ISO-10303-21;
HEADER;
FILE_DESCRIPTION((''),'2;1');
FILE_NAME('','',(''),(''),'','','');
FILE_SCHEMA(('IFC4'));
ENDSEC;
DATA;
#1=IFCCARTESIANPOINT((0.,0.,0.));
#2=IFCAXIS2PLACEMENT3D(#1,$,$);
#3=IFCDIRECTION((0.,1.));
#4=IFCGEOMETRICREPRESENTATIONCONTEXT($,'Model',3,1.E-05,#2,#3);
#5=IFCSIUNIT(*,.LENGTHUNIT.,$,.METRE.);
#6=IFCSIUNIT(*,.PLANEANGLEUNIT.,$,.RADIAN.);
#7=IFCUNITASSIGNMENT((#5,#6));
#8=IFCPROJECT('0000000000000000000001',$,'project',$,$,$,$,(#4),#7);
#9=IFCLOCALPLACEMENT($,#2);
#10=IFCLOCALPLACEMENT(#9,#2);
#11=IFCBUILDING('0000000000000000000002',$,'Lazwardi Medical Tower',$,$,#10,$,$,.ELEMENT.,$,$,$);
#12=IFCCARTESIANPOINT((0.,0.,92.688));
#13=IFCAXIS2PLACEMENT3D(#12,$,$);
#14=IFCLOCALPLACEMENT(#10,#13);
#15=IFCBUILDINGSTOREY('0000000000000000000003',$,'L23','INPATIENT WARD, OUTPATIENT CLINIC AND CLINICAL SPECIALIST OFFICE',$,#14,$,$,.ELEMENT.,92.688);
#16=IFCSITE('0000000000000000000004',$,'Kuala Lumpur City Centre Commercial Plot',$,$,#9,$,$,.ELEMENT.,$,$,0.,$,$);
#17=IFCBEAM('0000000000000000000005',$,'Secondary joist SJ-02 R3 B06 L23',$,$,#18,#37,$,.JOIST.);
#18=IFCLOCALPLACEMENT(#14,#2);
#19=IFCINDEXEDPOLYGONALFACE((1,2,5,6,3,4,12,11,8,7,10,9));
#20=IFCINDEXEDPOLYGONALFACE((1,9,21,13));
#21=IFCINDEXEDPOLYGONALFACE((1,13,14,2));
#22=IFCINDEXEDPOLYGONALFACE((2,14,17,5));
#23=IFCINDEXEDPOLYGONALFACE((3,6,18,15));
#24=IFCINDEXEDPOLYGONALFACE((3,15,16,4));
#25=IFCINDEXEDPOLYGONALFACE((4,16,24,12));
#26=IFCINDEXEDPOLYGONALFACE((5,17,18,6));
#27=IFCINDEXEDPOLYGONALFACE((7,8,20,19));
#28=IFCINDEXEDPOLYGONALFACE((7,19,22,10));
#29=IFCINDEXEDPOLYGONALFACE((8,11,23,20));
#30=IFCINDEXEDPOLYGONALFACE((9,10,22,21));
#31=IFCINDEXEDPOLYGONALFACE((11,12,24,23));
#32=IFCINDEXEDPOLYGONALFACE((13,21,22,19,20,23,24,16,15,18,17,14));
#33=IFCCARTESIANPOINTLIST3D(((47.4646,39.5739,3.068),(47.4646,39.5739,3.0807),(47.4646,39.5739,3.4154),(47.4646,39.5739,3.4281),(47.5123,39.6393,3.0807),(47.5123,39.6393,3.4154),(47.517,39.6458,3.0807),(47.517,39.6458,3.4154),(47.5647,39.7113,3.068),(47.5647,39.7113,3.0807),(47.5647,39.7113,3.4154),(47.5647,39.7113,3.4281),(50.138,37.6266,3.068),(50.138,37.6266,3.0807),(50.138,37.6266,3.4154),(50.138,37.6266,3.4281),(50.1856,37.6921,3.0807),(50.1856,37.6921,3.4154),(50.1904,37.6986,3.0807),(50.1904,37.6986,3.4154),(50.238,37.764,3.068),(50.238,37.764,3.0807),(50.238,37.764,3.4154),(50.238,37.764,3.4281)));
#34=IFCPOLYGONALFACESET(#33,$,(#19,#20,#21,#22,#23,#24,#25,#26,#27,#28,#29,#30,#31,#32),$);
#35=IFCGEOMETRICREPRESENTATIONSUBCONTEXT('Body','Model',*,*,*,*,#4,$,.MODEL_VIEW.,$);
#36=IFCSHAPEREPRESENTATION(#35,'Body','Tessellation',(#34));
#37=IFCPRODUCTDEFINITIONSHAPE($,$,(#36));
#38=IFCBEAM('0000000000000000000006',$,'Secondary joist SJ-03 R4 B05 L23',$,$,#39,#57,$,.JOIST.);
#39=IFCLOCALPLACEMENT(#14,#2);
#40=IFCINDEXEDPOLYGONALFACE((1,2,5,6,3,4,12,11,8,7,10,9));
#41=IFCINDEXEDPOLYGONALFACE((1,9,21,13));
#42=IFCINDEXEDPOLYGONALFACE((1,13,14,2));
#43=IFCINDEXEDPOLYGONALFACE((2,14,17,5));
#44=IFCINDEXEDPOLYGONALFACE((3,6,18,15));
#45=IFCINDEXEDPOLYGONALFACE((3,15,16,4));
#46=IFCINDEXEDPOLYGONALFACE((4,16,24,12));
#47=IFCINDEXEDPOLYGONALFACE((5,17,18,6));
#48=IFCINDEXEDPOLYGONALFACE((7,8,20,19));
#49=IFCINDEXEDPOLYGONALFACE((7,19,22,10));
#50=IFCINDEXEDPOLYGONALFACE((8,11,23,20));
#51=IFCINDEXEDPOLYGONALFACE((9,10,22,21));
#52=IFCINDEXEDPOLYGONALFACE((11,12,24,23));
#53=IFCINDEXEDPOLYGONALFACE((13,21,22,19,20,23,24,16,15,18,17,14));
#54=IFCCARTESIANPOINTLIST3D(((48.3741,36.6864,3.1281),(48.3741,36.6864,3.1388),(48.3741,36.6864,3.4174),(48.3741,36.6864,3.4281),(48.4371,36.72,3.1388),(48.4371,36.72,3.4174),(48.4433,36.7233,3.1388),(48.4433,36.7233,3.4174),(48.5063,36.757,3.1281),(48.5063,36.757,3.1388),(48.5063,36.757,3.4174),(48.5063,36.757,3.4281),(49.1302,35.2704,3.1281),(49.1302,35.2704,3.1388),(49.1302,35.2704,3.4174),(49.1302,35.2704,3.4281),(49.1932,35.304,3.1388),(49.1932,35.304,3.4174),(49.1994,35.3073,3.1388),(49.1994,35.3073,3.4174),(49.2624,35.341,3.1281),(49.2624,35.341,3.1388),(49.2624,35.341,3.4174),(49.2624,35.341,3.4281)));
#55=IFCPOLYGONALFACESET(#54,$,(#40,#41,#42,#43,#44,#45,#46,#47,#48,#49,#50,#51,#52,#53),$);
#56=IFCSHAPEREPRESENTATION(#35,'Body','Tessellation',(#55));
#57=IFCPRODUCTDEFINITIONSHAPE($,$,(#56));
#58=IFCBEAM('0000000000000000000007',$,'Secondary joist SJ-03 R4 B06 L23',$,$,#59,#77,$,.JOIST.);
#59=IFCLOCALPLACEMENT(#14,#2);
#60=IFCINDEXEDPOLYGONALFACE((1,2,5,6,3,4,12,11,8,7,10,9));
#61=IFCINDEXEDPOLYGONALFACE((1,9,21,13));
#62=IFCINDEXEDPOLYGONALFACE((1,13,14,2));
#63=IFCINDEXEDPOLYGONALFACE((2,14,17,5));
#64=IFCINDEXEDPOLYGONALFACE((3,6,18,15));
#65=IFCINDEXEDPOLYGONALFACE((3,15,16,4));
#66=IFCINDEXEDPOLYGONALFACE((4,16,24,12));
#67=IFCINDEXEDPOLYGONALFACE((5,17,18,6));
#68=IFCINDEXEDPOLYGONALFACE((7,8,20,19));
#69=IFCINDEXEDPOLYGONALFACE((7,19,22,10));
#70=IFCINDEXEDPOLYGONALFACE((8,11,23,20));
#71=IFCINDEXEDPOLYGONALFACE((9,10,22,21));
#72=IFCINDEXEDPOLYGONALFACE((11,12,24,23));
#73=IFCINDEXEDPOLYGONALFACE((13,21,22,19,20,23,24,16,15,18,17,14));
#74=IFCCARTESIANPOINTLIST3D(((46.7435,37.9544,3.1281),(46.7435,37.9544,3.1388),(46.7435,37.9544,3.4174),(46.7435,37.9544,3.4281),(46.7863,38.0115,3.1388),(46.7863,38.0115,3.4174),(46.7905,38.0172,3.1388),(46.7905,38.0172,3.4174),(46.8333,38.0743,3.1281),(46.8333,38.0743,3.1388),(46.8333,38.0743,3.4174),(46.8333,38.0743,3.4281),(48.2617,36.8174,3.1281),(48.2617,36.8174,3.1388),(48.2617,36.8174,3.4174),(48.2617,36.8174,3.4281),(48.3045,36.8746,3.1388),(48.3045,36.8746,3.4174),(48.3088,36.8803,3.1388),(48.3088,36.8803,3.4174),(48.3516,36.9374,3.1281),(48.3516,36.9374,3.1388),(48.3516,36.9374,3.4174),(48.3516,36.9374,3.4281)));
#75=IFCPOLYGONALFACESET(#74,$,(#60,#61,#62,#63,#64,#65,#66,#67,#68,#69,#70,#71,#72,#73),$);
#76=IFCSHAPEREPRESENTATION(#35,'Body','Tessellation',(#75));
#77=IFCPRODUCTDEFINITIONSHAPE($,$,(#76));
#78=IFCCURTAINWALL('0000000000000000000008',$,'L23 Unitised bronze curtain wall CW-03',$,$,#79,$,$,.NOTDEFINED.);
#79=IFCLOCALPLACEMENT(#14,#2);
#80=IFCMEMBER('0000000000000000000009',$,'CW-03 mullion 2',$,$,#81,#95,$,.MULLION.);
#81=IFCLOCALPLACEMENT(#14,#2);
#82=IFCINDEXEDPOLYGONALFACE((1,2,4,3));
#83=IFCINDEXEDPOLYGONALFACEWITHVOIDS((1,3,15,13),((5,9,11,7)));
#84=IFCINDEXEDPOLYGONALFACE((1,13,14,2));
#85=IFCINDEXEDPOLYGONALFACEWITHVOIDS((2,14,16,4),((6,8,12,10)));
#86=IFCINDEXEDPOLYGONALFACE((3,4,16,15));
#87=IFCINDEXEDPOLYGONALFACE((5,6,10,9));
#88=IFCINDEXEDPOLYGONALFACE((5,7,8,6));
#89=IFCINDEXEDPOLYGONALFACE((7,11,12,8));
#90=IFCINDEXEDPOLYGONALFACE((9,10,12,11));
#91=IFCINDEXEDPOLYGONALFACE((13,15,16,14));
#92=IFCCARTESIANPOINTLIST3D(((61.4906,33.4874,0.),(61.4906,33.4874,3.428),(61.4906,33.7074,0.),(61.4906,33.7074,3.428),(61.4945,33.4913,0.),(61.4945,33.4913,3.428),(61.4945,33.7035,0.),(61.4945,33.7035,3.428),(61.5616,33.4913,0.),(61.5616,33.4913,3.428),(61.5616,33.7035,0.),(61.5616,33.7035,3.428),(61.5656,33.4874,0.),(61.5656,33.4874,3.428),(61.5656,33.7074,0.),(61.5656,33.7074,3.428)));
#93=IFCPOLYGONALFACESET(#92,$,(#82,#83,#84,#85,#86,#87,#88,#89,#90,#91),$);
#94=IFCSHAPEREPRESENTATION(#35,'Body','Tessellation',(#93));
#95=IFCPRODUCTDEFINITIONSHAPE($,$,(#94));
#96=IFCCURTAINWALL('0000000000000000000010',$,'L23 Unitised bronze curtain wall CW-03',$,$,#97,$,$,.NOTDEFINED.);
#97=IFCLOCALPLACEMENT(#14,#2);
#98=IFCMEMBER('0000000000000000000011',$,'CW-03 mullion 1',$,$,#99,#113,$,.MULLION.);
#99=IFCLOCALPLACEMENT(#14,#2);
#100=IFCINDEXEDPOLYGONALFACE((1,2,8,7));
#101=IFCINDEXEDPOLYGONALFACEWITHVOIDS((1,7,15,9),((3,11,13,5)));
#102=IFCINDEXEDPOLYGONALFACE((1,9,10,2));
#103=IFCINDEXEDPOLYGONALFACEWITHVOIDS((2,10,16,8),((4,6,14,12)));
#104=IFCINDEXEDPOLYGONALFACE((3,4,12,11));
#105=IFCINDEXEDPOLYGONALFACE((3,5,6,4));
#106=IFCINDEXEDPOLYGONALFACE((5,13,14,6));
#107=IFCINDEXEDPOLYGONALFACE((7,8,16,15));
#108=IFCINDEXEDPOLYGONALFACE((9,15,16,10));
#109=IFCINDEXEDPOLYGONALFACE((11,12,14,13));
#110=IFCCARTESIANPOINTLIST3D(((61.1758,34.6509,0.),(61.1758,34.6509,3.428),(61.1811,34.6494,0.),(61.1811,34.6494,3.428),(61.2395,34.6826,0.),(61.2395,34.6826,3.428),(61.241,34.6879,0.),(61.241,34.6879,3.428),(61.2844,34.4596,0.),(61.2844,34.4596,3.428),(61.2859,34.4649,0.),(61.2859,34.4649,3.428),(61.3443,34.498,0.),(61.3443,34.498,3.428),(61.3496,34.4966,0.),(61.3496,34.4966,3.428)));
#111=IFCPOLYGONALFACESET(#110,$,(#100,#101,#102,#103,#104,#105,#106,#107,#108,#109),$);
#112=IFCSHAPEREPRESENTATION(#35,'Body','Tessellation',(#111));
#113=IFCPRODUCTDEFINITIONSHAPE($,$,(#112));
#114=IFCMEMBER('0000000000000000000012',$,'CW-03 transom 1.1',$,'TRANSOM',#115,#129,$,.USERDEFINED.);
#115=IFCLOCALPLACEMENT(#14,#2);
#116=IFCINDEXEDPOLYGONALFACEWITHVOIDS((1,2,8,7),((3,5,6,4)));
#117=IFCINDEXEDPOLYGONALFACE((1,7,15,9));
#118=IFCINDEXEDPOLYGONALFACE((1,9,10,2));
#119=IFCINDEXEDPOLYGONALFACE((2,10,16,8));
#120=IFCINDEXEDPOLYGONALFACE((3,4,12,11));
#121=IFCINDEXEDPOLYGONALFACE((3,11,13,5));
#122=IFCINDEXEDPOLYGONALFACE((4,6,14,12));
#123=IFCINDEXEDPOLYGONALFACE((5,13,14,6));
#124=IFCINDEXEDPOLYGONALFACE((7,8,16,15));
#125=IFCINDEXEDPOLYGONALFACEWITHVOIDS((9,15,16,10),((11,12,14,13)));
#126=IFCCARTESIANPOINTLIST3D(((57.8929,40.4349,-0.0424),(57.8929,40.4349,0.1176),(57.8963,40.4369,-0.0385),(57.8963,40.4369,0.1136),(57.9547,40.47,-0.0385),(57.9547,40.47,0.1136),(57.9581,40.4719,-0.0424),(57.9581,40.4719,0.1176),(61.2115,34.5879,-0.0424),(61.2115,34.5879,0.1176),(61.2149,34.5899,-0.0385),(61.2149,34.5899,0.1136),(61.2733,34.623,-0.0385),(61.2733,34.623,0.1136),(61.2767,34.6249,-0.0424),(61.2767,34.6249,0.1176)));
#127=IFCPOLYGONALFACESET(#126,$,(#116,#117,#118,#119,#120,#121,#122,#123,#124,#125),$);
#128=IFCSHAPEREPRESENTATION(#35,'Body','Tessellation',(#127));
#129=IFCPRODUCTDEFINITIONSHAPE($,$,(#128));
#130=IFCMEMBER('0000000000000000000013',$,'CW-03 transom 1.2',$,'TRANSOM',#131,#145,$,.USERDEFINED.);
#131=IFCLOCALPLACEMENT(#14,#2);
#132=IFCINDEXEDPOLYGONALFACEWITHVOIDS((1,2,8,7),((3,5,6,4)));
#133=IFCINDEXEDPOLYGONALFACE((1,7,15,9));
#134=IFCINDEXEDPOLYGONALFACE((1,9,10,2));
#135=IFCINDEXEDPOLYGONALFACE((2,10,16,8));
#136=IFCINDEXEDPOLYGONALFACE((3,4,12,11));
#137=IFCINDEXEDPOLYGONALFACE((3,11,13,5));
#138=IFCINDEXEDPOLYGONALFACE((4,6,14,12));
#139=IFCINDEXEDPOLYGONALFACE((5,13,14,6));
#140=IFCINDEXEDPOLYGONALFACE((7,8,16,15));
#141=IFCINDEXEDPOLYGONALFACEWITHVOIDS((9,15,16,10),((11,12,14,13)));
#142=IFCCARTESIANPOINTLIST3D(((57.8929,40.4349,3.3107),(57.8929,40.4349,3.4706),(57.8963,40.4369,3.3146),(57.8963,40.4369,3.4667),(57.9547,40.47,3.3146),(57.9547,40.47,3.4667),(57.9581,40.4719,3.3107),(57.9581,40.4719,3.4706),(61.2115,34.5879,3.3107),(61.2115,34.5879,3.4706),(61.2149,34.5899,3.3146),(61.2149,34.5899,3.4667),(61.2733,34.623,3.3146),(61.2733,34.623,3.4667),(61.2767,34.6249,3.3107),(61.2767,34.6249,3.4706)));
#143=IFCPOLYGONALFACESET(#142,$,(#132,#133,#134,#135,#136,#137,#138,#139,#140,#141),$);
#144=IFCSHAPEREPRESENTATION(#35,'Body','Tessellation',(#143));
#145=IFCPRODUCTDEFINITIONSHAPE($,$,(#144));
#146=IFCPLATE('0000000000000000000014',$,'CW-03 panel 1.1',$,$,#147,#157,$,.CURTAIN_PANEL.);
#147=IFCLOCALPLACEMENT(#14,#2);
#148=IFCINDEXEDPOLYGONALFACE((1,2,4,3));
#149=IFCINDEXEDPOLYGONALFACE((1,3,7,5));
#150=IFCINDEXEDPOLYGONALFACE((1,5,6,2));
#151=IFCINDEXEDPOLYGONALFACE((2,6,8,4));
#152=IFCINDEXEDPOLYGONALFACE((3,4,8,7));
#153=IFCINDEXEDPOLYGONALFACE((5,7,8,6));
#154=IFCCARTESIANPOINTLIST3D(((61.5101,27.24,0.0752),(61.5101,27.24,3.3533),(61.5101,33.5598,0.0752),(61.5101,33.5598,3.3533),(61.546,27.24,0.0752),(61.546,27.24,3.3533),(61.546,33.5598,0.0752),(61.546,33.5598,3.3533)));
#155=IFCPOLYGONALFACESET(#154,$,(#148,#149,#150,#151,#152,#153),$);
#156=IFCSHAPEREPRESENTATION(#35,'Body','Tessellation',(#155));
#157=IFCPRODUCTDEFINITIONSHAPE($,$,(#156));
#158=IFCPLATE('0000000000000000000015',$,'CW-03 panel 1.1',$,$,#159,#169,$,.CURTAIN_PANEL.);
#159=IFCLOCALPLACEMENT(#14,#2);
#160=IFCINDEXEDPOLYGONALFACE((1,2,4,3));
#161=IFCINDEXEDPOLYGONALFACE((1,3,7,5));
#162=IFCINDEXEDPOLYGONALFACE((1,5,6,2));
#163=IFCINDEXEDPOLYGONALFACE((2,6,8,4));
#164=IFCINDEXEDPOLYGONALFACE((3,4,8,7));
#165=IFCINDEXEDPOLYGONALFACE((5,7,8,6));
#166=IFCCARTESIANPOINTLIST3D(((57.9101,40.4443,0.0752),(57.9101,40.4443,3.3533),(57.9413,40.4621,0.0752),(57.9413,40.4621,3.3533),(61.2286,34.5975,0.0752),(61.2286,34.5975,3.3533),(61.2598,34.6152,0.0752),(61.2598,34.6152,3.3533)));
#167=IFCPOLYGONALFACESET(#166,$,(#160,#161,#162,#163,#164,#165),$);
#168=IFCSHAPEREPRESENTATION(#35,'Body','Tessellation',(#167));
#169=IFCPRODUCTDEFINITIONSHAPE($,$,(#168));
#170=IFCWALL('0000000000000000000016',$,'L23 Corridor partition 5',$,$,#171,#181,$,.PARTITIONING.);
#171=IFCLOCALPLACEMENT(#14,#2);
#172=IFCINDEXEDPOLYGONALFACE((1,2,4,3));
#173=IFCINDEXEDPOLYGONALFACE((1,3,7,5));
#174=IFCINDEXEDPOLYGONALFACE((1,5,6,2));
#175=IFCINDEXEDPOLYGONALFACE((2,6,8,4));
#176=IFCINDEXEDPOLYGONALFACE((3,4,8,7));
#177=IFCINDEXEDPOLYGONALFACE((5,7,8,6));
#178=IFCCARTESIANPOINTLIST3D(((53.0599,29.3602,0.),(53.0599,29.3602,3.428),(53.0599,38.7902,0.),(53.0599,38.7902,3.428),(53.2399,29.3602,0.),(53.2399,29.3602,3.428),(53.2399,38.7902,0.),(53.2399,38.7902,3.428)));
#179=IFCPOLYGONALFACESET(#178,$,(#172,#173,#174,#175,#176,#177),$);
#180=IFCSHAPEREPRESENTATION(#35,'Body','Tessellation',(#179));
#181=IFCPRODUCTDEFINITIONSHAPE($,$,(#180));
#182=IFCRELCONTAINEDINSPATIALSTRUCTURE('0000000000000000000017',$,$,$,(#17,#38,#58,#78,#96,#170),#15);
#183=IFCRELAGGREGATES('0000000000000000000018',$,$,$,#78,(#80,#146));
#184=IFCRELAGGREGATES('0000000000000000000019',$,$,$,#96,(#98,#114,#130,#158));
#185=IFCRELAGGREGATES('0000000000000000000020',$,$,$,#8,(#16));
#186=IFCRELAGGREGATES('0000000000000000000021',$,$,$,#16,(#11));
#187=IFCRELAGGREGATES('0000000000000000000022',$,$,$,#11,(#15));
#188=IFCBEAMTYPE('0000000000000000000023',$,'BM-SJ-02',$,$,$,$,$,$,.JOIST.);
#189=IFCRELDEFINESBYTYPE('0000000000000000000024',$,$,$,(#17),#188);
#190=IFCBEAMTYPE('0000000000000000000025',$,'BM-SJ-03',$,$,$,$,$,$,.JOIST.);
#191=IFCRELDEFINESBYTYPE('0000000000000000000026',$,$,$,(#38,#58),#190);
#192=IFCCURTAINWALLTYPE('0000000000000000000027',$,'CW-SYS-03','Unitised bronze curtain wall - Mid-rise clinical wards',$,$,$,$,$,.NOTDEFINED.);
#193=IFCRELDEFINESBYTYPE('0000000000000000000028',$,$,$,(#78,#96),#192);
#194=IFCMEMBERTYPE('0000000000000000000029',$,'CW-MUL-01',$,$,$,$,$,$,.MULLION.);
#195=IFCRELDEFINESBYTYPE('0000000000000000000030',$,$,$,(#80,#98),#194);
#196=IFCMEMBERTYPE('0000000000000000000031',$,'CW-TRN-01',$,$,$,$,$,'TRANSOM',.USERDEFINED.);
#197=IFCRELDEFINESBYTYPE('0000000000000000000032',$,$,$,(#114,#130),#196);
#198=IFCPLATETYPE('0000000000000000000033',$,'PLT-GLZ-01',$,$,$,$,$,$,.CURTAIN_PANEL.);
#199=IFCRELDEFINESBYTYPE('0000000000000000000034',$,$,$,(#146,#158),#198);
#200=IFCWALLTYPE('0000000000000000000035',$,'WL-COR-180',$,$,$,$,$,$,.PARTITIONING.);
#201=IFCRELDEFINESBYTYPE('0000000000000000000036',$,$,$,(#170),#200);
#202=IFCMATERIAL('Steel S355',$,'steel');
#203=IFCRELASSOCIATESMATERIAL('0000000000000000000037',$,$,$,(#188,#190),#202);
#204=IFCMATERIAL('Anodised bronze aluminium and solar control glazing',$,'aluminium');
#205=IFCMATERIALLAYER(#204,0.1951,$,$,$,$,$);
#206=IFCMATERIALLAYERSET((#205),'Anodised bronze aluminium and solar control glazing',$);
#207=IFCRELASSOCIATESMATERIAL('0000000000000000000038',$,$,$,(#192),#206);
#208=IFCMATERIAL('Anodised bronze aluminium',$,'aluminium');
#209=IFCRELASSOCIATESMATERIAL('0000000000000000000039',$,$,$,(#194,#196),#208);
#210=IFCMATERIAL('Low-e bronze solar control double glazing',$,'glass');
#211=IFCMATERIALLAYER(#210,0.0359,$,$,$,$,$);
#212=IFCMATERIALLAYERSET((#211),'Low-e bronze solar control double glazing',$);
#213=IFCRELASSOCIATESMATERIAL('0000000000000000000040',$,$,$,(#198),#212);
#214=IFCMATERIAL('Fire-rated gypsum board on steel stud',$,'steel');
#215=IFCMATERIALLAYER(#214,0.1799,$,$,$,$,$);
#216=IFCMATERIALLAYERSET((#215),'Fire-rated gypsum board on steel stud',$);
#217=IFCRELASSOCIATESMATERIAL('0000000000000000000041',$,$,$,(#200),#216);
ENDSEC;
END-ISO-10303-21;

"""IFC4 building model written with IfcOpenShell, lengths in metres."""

from ifc_helpers import new_model, si_unit, direction, frame, frame_2d, origin, origin_2d, place, context, subcontext, project, spatial, rectangle, hollow_rectangle, i_section, extrude, material, layer, layer_set, material_profile, profile_set, type_object, element, aggregate, save


model = new_model("IFC4")

# Units and contexts
model_context = context("Model", 3, precision=1e-05, world=origin(), true_north=direction((0.0, 1.0)))
body_context = subcontext(model_context, "Body", "Model", "MODEL_VIEW")
ifc_project = project(units=[si_unit("LENGTHUNIT", "METRE"), si_unit("PLANEANGLEUNIT", "RADIAN")], contexts=[model_context])

# Site, building, storey
site_placement = place(None, origin())
site = spatial("IfcSite", under=ifc_project, at=site_placement, Name="Kuala Lumpur City Centre Commercial Plot", CompositionType="ELEMENT", RefElevation=0.0)
building_placement = place(site_placement, origin())
building = spatial("IfcBuilding", under=site, at=building_placement, Name="Lazwardi Medical Tower", CompositionType="ELEMENT")
storey_placement = place(building_placement, frame((0.0, 0.0, 92.688)))
storey = spatial("IfcBuildingStorey", under=building, at=storey_placement, Name="L23", Description="INPATIENT WARD, OUTPATIENT CLINIC AND CLINICAL SPECIALIST OFFICE", CompositionType="ELEMENT", Elevation=92.688)

# Beams
ifc_material_1 = material(Name="Steel S355", Category="steel")
ifc_material_profile_1 = material_profile(ifc_material_1, i_section(OverallWidth=0.1699, OverallDepth=0.3601, WebThickness=0.0081, FlangeThickness=0.0127, at=origin_2d()), Name="IPE 360")
ifc_profile_set_1 = profile_set([ifc_material_profile_1], Name="Steel S355")
beam_type_1 = type_object("IfcBeamType", Name="BM-SJ-02", PredefinedType="JOIST", material=ifc_profile_set_1)
beam_1_placement = place(storey_placement, frame((50.188, 37.6953, 3.248), z_axis=(-0.808302, 0.588768, 0.0), x_axis=(-0.588768, -0.808302, 0.0)))
element("IfcBeam", 1, at=beam_1_placement, inside=storey, type_object=beam_type_1, Name="Secondary joist SJ-02 R3 B06 L23", PredefinedType="JOIST", context=body_context, shape_type="SweptSolid", body=[
    extrude(i_section(OverallWidth=0.1699, OverallDepth=0.3601, WebThickness=0.0081, FlangeThickness=0.0127, at=origin_2d()), origin(), (0.0, 0.0, 1.0), 3.3074),
])
ifc_material_profile_2 = material_profile(ifc_material_1, i_section(OverallWidth=0.1499, OverallDepth=0.3, WebThickness=0.0071, FlangeThickness=0.0107, at=origin_2d()), Name="IPE 300")
ifc_profile_set_2 = profile_set([ifc_material_profile_2], Name="Steel S355")
beam_type_2 = type_object("IfcBeamType", Name="BM-SJ-03", PredefinedType="JOIST", material=ifc_profile_set_2)
beam_2_placement = place(storey_placement, frame((49.1963, 35.3057, 3.2781), z_axis=(-0.471022, 0.882121, 0.0), x_axis=(-0.882121, -0.471022, 0.0)))
element("IfcBeam", 2, at=beam_2_placement, inside=storey, type_object=beam_type_2, Name="Secondary joist SJ-03 R4 B05 L23", PredefinedType="JOIST", context=body_context, shape_type="SweptSolid", body=[
    extrude(i_section(OverallWidth=0.1499, OverallDepth=0.3, WebThickness=0.0071, FlangeThickness=0.0107, at=origin_2d()), origin(), (0.0, 0.0, 1.0), 1.6052),
])
beam_3_placement = place(storey_placement, frame((48.3066, 36.8774, 3.2781), z_axis=(-0.800448, 0.599403, 0.0), x_axis=(-0.599403, -0.800448, 0.0)))
element("IfcBeam", 3, at=beam_3_placement, inside=storey, type_object=beam_type_2, Name="Secondary joist SJ-03 R4 B06 L23", PredefinedType="JOIST", context=body_context, shape_type="SweptSolid", body=[
    extrude(i_section(OverallWidth=0.1499, OverallDepth=0.3, WebThickness=0.0071, FlangeThickness=0.0107, at=origin_2d()), origin(), (0.0, 0.0, 1.0), 1.8967),
])

# Curtain wall, member
ifc_material_2 = material(Name="Anodised bronze aluminium and solar control glazing", Category="aluminium")
ifc_layer_1 = layer(ifc_material_2, 0.1951)
ifc_layer_set_1 = layer_set([ifc_layer_1], Name="Anodised bronze aluminium and solar control glazing")
curtain_wall_type = type_object("IfcCurtainWallType", Name="CW-SYS-03", Description="Unitised bronze curtain wall - Mid-rise clinical wards", PredefinedType="NOTDEFINED", material=ifc_layer_set_1)
curtain_wall_1_placement = place(storey_placement, origin())
curtain_wall_1 = element("IfcCurtainWall", 4, at=curtain_wall_1_placement, inside=storey, type_object=curtain_wall_type, Name="L23 Unitised bronze curtain wall CW-03", PredefinedType="NOTDEFINED")
ifc_material_3 = material(Name="Anodised bronze aluminium", Category="aluminium")
ifc_material_profile_3 = material_profile(ifc_material_3, hollow_rectangle(XDim=0.075, YDim=0.22, WallThickness=0.0039, at=origin_2d()), Name="ALU-MULLION 220x75x4")
ifc_profile_set_3 = profile_set([ifc_material_profile_3], Name="Anodised bronze aluminium")
member_type_1 = type_object("IfcMemberType", Name="CW-MUL-01", PredefinedType="MULLION", material=ifc_profile_set_3)
member_1_placement = place(storey_placement, frame((61.5281, 33.5974, 0.0), z_axis=(0.0, 0.0, 1.0), x_axis=(-1.0, 0.0, 0.0)))
member_1 = element("IfcMember", 5, at=member_1_placement, type_object=member_type_1, Name="CW-03 mullion 2", PredefinedType="MULLION", context=body_context, shape_type="SweptSolid", body=[
    extrude(hollow_rectangle(XDim=0.075, YDim=0.22, WallThickness=0.0039, at=origin_2d()), origin(), (0.0, 0.0, 1.0), 3.428),
])

# Curtain wall, members
curtain_wall_2_placement = place(storey_placement, origin())
curtain_wall_2 = element("IfcCurtainWall", 6, at=curtain_wall_2_placement, inside=storey, type_object=curtain_wall_type, Name="L23 Unitised bronze curtain wall CW-03", PredefinedType="NOTDEFINED")
member_2_placement = place(storey_placement, frame((61.2627, 34.5737, 0.0), z_axis=(0.0, 0.0, 1.0), x_axis=(-0.869687, -0.493603, 0.0)))
member_2 = element("IfcMember", 7, at=member_2_placement, type_object=member_type_1, Name="CW-03 mullion 1", PredefinedType="MULLION", context=body_context, shape_type="SweptSolid", body=[
    extrude(hollow_rectangle(XDim=0.075, YDim=0.22, WallThickness=0.0039, at=origin_2d()), origin(), (0.0, 0.0, 1.0), 3.428),
])
ifc_material_profile_4 = material_profile(ifc_material_3, hollow_rectangle(XDim=0.075, YDim=0.1599, WallThickness=0.0039, at=origin_2d()), Name="ALU-TRANSOM 160x75x4")
ifc_profile_set_4 = profile_set([ifc_material_profile_4], Name="Anodised bronze aluminium")
member_type_2 = type_object("IfcMemberType", Name="CW-TRN-01", ElementType="TRANSOM", PredefinedType="USERDEFINED", material=ifc_profile_set_4)
member_3_placement = place(storey_placement, frame((61.2441, 34.6064, 0.0376), z_axis=(-0.493614, 0.869681, 0.0), x_axis=(-0.869681, -0.493614, 0.0)))
member_3 = element("IfcMember", 8, at=member_3_placement, type_object=member_type_2, Name="CW-03 transom 1.1", ObjectType="TRANSOM", PredefinedType="USERDEFINED", context=body_context, shape_type="SweptSolid", body=[
    extrude(hollow_rectangle(XDim=0.075, YDim=0.1599, WallThickness=0.0039, at=origin_2d()), origin(), (0.0, 0.0, 1.0), 6.7231),
])
member_4_placement = place(storey_placement, frame((61.2441, 34.6064, 3.3906), z_axis=(-0.493614, 0.869681, 0.0), x_axis=(-0.869681, -0.493614, 0.0)))
member_4 = element("IfcMember", 9, at=member_4_placement, type_object=member_type_2, Name="CW-03 transom 1.2", ObjectType="TRANSOM", PredefinedType="USERDEFINED", context=body_context, shape_type="SweptSolid", body=[
    extrude(hollow_rectangle(XDim=0.075, YDim=0.1599, WallThickness=0.0039, at=origin_2d()), origin(), (0.0, 0.0, 1.0), 6.7231),
])

# Plates
ifc_material_4 = material(Name="Low-e bronze solar control double glazing", Category="glass")
ifc_layer_2 = layer(ifc_material_4, 0.0359)
ifc_layer_set_2 = layer_set([ifc_layer_2], Name="Low-e bronze solar control double glazing")
plate_type = type_object("IfcPlateType", Name="PLT-GLZ-01", PredefinedType="CURTAIN_PANEL", material=ifc_layer_set_2)
plate_1_placement = place(storey_placement, frame((61.5281, 30.3999, 0.0752), z_axis=(0.0, 0.0, 1.0), x_axis=(0.0, 1.0, 0.0)))
plate_1 = element("IfcPlate", 10, at=plate_1_placement, type_object=plate_type, Name="CW-03 panel 1.1", PredefinedType="CURTAIN_PANEL", context=body_context, shape_type="SweptSolid", body=[
    extrude(rectangle(XDim=6.3198, YDim=0.0359, at=origin_2d()), origin(), (0.0, 0.0, 1.0), 3.2781),
])
aggregate(curtain_wall_1, [member_1, plate_1])
plate_2_placement = place(storey_placement, frame((59.585, 37.5298, 0.0752), z_axis=(0.0, 0.0, 1.0), x_axis=(-0.493603, 0.869687, 0.0)))
plate_2 = element("IfcPlate", 11, at=plate_2_placement, type_object=plate_type, Name="CW-03 panel 1.1", PredefinedType="CURTAIN_PANEL", context=body_context, shape_type="SweptSolid", body=[
    extrude(rectangle(XDim=6.7229, YDim=0.0359, at=origin_2d()), origin(), (0.0, 0.0, 1.0), 3.2781),
])
aggregate(curtain_wall_2, [member_2, member_3, member_4, plate_2])

# Wall
ifc_material_5 = material(Name="Fire-rated gypsum board on steel stud", Category="steel")
ifc_layer_3 = layer(ifc_material_5, 0.1799)
ifc_layer_set_3 = layer_set([ifc_layer_3], Name="Fire-rated gypsum board on steel stud")
wall_type_1 = type_object("IfcWallType", Name="WL-COR-180", PredefinedType="PARTITIONING", material=ifc_layer_set_3)
wall_1_placement = place(storey_placement, frame((53.1499, 38.79, 0.0), z_axis=(0.0, 0.0, 1.0), x_axis=(0.0, -1.0, 0.0)))
element("IfcWall", 12, at=wall_1_placement, inside=storey, type_object=wall_type_1, Name="L23 Corridor partition 5", PredefinedType="PARTITIONING", context=body_context, shape_type="SweptSolid", body=[
    extrude(rectangle(XDim=9.4299, YDim=0.1799, at=frame_2d((4.7148, 0.0))), origin(), (0.0, 0.0, 1.0), 3.428),
])

save(model, "model.ifc")
